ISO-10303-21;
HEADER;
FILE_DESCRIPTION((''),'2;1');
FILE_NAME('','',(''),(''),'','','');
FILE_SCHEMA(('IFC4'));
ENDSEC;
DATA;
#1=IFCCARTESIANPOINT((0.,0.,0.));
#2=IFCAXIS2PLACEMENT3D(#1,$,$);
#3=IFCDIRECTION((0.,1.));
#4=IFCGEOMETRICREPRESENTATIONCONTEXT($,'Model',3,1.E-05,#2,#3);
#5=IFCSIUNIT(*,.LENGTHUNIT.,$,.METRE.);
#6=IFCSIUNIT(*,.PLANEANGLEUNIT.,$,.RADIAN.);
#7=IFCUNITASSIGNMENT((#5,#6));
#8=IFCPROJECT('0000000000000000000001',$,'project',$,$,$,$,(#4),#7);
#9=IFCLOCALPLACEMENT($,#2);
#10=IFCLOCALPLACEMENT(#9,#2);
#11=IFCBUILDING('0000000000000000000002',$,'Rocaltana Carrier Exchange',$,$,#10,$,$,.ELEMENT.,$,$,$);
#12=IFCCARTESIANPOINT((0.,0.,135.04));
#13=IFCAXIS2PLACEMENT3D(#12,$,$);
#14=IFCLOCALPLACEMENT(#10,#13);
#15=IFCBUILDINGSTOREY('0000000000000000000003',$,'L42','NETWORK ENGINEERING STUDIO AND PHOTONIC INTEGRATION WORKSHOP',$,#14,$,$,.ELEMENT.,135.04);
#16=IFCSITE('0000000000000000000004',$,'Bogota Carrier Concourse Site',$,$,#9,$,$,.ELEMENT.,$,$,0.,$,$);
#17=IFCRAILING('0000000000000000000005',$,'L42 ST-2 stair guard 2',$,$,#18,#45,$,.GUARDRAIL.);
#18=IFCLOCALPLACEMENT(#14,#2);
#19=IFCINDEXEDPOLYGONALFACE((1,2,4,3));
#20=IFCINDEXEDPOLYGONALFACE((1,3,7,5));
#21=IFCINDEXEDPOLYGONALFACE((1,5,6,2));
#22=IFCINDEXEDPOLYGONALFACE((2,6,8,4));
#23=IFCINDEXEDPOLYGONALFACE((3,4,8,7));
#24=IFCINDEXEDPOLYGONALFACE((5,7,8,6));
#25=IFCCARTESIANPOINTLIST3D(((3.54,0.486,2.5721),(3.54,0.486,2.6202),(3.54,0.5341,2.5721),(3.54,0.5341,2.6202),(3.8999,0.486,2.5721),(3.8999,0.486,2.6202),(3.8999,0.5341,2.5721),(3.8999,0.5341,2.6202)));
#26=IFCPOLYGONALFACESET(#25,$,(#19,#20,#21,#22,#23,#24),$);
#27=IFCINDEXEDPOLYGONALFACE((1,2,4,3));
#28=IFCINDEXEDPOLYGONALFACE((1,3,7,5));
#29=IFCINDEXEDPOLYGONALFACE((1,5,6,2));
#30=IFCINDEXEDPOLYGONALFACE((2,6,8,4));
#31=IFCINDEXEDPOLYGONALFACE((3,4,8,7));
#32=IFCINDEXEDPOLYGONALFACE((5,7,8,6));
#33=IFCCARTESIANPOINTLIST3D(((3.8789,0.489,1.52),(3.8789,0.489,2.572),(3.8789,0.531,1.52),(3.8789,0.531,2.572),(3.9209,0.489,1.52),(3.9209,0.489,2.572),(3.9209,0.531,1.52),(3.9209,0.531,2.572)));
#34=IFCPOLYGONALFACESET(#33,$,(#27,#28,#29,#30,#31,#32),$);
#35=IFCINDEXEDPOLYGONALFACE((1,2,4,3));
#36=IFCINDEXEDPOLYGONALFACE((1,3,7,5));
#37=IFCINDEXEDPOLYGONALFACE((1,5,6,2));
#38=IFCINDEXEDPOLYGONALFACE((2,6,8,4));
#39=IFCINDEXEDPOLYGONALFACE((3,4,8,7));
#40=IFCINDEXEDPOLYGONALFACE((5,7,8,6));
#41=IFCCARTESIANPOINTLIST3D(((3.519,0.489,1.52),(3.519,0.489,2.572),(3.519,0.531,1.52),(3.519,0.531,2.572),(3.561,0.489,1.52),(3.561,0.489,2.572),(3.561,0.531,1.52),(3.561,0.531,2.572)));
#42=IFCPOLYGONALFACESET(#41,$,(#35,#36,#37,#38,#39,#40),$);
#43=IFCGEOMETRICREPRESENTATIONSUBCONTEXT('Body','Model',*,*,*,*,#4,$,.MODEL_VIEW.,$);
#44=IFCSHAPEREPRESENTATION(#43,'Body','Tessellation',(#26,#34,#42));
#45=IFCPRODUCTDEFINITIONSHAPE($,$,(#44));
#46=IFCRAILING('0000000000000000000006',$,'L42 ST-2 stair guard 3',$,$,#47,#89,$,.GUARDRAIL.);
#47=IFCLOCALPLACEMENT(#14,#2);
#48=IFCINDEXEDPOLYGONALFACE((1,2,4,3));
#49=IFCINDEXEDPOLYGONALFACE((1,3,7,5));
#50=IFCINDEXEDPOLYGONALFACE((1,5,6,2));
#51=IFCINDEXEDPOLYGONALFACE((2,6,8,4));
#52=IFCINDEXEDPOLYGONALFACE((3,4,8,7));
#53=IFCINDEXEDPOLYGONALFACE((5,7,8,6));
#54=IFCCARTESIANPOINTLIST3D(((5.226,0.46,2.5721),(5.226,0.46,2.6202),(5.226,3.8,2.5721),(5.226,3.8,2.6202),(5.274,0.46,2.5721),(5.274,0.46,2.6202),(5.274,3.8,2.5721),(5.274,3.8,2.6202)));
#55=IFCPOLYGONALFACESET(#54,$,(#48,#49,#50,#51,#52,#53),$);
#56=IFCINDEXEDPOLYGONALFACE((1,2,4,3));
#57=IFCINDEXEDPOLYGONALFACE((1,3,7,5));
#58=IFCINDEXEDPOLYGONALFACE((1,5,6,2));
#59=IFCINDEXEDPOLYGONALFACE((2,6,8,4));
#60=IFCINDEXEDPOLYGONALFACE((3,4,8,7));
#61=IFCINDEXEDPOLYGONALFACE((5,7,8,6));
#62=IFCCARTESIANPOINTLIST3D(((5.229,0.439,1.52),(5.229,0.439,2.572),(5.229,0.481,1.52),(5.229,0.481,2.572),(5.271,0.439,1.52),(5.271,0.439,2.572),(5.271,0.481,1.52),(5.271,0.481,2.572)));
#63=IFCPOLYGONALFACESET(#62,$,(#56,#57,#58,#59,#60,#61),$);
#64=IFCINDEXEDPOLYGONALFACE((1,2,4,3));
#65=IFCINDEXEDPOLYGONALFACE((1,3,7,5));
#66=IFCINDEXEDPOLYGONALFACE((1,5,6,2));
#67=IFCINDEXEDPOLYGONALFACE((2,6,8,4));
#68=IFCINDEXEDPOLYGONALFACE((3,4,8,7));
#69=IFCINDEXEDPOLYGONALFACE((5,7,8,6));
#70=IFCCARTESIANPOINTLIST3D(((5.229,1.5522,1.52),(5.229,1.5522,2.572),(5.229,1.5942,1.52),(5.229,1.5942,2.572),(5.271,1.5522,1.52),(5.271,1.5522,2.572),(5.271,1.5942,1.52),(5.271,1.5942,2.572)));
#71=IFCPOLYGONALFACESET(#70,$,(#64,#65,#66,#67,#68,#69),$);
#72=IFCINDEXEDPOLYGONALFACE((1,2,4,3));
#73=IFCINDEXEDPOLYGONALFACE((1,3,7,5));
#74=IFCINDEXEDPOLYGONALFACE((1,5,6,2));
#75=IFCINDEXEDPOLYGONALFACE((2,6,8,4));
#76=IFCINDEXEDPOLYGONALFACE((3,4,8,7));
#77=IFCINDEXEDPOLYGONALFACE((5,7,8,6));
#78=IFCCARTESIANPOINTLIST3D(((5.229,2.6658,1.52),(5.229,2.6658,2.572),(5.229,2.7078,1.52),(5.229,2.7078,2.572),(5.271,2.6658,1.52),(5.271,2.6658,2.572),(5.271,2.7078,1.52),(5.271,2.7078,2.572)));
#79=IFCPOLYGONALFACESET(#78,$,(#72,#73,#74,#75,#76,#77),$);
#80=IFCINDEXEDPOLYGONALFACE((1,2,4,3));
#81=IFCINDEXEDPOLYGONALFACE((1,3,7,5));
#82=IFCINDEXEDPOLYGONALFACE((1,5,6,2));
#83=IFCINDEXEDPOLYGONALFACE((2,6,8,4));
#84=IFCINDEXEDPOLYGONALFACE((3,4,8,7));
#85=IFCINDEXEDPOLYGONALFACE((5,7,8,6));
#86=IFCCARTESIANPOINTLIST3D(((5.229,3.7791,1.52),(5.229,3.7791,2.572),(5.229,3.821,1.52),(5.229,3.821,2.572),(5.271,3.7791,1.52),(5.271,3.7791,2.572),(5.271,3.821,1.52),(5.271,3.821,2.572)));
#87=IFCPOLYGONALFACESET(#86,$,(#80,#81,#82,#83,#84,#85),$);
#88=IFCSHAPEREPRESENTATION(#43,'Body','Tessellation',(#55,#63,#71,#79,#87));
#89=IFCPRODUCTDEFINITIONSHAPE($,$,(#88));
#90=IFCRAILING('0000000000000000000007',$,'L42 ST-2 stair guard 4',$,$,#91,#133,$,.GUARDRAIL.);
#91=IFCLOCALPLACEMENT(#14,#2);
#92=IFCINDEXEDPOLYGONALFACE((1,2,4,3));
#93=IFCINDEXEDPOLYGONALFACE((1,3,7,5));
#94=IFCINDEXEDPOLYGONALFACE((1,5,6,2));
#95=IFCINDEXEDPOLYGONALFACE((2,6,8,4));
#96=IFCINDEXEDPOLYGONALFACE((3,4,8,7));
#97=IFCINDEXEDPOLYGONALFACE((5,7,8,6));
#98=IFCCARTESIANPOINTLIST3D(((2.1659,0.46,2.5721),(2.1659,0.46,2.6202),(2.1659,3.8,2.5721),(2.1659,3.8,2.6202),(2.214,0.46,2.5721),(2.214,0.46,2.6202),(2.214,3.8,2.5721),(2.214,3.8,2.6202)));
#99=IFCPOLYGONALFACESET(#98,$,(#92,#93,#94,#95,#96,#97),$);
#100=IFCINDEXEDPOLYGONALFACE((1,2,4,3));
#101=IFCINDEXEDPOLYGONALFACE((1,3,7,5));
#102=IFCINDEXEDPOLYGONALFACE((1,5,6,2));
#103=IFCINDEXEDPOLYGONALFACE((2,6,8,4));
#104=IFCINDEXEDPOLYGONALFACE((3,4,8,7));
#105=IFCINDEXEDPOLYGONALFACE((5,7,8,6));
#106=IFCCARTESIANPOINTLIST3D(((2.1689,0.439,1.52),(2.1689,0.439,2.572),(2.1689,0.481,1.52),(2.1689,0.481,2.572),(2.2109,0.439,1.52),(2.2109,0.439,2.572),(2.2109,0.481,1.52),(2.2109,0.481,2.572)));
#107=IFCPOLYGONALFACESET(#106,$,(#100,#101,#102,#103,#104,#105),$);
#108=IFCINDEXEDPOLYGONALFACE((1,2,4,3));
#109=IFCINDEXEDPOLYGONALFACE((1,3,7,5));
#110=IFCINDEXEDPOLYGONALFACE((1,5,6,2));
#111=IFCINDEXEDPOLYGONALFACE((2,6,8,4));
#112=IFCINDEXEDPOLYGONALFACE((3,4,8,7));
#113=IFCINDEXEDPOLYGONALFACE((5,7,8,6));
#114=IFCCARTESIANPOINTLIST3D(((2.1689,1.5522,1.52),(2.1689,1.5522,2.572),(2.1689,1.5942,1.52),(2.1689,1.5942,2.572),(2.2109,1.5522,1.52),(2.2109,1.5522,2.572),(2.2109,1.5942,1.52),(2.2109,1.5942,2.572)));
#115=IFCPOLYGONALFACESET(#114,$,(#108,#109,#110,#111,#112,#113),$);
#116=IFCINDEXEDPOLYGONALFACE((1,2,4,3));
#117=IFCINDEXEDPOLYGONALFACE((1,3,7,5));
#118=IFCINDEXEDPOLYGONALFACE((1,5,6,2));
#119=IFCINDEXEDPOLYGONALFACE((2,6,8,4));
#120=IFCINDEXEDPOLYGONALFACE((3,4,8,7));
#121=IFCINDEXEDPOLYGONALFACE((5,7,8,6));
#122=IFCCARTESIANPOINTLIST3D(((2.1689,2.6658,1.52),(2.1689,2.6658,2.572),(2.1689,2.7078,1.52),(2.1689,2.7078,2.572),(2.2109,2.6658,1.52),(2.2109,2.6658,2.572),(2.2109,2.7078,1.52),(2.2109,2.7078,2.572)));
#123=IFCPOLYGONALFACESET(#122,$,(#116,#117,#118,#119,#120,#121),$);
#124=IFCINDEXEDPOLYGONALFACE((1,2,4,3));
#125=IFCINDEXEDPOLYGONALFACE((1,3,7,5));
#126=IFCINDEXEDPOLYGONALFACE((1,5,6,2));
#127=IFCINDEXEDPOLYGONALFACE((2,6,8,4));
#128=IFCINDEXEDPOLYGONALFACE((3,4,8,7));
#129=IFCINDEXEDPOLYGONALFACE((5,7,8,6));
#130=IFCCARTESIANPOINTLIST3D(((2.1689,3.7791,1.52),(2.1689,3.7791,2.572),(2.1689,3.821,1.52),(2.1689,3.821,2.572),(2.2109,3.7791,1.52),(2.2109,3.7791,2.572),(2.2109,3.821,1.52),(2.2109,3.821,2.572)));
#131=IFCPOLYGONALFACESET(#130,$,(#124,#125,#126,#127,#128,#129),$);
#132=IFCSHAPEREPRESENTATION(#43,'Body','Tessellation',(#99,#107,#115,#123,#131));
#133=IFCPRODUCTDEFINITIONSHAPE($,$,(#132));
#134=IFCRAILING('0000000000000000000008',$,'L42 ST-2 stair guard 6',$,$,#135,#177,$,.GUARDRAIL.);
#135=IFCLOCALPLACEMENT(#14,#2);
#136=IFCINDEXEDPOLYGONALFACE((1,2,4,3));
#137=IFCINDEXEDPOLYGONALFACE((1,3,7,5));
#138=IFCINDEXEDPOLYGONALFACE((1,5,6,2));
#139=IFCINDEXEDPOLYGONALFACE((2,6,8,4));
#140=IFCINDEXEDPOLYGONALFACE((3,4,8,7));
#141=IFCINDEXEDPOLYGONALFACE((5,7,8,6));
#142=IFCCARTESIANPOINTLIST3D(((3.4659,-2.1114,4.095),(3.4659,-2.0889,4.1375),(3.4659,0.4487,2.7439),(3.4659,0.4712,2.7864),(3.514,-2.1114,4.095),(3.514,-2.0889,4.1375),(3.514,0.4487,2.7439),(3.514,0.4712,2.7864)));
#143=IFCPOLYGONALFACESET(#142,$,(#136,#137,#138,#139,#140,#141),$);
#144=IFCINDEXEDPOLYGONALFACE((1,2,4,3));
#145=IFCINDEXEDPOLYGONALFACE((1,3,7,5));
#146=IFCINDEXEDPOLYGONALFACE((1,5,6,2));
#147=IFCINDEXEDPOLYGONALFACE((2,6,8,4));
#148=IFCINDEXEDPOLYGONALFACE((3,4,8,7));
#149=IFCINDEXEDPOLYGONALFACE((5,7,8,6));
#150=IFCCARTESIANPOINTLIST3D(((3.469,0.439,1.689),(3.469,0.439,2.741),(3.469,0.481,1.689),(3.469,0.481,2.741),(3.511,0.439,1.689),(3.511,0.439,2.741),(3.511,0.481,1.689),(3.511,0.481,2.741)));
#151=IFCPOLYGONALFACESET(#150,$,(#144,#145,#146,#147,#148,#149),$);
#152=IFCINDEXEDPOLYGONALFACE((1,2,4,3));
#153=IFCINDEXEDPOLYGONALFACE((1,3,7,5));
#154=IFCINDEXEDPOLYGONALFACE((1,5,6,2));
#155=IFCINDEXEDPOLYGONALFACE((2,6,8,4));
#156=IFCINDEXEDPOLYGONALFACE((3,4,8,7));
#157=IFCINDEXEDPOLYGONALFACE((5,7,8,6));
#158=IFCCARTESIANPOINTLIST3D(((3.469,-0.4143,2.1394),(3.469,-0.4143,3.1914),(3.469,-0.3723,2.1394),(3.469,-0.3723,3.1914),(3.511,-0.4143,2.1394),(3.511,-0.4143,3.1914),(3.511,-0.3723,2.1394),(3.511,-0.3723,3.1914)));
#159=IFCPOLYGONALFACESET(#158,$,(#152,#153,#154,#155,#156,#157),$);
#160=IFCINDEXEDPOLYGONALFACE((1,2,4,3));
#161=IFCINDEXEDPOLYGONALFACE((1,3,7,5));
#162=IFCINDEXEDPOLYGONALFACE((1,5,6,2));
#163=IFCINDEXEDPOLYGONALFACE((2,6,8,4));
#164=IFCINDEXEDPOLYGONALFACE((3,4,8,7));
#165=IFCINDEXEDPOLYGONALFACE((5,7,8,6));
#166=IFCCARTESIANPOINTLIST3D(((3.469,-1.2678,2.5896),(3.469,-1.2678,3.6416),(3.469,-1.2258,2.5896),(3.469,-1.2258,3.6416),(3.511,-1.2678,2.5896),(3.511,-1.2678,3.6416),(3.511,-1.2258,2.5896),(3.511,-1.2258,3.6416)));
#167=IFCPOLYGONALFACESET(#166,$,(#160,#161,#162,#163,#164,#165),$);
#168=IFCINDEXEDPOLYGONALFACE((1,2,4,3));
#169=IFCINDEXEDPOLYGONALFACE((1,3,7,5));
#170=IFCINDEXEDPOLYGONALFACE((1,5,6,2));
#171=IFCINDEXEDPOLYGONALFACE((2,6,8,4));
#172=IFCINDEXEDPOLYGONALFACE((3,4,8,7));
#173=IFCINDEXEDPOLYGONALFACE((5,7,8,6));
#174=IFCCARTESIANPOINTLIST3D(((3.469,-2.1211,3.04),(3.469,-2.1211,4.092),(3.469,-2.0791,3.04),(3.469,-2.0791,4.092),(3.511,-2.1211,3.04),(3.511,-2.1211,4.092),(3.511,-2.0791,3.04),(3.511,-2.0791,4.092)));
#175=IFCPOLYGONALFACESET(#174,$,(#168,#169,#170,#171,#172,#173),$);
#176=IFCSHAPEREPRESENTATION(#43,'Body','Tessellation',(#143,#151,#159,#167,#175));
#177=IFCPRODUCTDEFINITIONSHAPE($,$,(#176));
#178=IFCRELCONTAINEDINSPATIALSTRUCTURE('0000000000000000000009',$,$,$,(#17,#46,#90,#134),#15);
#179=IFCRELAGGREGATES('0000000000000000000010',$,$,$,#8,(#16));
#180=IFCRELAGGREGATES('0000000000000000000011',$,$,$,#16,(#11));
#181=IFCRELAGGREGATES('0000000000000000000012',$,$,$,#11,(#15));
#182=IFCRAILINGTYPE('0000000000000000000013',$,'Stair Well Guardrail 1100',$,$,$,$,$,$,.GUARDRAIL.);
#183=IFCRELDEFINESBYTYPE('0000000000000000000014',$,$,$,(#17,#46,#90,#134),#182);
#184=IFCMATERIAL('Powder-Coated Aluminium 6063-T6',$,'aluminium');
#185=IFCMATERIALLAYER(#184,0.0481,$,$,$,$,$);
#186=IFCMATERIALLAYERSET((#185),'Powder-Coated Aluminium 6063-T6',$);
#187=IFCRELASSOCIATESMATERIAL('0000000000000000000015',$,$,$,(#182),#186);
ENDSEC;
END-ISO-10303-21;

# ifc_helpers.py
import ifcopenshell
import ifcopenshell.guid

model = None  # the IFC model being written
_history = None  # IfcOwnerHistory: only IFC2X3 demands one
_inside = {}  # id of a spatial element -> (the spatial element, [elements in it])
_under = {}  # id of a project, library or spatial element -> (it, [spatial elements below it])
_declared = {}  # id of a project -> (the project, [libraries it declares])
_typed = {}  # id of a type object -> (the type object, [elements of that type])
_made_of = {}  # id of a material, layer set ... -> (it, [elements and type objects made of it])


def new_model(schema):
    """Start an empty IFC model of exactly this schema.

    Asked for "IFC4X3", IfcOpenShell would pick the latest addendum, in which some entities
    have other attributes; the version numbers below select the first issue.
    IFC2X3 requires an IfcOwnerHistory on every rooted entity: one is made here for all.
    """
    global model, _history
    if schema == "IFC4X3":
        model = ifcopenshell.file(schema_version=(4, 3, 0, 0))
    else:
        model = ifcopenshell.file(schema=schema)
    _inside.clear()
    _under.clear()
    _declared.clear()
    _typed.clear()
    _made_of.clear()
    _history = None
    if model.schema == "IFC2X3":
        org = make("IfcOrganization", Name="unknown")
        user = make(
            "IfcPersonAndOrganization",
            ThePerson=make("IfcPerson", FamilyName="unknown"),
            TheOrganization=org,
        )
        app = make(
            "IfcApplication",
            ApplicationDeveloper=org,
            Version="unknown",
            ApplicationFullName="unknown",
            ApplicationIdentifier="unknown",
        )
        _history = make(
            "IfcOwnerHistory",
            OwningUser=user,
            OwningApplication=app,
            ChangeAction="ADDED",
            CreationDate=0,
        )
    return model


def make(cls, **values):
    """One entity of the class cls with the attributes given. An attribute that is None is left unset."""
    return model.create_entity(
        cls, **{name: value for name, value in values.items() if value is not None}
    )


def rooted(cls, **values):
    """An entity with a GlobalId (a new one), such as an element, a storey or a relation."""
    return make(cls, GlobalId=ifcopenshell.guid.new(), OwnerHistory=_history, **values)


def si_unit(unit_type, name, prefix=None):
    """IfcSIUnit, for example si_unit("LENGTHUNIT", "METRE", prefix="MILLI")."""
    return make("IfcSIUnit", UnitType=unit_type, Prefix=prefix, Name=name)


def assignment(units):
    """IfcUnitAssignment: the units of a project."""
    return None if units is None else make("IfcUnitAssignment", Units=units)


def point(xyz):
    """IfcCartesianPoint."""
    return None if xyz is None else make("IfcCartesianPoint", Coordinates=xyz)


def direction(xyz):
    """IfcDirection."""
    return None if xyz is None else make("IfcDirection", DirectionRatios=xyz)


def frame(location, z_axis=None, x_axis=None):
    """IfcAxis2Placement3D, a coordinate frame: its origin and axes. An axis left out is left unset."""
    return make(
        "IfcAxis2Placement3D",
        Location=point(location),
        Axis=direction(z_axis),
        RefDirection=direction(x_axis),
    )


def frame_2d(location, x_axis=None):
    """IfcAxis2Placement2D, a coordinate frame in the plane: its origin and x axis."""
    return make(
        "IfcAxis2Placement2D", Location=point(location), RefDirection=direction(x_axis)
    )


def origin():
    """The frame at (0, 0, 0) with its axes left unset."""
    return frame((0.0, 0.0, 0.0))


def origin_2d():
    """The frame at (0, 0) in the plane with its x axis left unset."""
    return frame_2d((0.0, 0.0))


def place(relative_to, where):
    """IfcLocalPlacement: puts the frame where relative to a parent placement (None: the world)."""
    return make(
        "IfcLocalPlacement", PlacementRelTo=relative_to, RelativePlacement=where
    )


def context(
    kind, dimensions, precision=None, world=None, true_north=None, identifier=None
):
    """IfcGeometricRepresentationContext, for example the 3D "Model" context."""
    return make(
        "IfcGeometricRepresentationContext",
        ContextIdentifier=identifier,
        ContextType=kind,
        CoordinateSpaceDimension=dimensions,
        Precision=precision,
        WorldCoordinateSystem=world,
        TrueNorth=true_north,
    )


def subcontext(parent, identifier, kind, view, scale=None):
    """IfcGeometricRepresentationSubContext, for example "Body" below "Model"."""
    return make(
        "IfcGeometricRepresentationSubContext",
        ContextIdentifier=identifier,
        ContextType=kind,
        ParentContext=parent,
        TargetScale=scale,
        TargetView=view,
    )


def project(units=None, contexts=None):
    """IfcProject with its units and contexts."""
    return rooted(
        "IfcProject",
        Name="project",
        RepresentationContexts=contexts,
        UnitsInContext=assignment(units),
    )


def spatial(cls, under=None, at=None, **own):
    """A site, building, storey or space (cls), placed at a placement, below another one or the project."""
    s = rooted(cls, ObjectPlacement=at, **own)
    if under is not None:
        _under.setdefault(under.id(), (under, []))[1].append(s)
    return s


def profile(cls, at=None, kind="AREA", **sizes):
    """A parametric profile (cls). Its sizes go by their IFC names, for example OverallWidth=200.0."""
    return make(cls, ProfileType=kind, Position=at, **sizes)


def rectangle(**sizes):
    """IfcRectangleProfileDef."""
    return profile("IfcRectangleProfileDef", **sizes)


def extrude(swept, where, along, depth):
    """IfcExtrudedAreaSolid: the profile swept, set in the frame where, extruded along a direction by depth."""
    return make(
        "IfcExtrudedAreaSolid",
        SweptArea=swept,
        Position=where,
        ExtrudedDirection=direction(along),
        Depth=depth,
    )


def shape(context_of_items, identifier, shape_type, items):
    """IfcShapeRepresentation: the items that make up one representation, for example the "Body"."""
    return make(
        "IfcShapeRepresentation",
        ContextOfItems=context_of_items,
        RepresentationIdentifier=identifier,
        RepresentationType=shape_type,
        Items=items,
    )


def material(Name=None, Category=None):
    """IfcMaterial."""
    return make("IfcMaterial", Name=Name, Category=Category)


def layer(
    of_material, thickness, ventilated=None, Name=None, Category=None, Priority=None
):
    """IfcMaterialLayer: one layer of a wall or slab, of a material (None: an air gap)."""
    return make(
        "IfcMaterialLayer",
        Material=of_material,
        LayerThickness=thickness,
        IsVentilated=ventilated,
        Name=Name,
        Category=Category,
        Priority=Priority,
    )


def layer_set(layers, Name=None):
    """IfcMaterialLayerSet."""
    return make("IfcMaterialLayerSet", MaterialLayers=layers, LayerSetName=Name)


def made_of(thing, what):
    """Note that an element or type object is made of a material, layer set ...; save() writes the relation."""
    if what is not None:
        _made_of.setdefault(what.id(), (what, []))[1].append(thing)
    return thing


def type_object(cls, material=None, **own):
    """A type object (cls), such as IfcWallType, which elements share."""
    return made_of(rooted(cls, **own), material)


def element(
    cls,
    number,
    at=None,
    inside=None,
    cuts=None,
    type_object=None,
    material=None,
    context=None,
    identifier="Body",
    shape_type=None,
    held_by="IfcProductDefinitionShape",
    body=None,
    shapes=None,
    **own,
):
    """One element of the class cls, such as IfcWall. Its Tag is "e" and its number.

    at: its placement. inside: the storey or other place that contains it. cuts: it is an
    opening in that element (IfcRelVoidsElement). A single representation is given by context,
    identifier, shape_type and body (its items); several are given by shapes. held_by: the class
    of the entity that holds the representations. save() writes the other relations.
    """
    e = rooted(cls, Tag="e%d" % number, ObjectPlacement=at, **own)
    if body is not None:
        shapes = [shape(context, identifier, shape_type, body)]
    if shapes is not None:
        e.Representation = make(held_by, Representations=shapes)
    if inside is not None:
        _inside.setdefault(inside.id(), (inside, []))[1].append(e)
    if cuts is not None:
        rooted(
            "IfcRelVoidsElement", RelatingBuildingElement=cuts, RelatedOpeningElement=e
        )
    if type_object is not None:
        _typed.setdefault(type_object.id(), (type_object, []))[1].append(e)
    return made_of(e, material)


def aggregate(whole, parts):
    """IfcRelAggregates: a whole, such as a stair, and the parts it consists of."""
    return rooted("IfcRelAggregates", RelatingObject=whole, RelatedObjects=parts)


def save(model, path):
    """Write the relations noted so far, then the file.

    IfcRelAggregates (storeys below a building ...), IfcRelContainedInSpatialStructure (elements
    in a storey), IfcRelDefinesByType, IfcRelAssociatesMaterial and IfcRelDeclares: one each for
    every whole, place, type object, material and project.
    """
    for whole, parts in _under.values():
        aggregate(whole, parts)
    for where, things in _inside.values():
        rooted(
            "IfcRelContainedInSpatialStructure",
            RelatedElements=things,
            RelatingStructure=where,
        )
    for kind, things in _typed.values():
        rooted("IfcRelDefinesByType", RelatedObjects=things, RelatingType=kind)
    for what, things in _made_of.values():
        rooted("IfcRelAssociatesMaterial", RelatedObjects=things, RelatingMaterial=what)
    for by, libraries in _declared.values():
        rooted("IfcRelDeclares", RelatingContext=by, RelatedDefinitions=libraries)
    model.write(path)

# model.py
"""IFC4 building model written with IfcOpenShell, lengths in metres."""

from ifc_helpers import new_model, si_unit, direction, frame, origin, origin_2d, place, context, subcontext, project, spatial, rectangle, extrude, material, layer, layer_set, type_object, element, save


model = new_model("IFC4")

# Units and contexts
model_context = context("Model", 3, precision=1e-05, world=origin(), true_north=direction((0.0, 1.0)))
body_context = subcontext(model_context, "Body", "Model", "MODEL_VIEW")
ifc_project = project(units=[si_unit("LENGTHUNIT", "METRE"), si_unit("PLANEANGLEUNIT", "RADIAN")], contexts=[model_context])

# Site, building, storey
site_placement = place(None, origin())
site = spatial("IfcSite", under=ifc_project, at=site_placement, Name="Bogota Carrier Concourse Site", CompositionType="ELEMENT", RefElevation=0.0)
building_placement = place(site_placement, origin())
building = spatial("IfcBuilding", under=site, at=building_placement, Name="Rocaltana Carrier Exchange", CompositionType="ELEMENT")
storey_placement = place(building_placement, frame((0.0, 0.0, 135.04)))
storey = spatial("IfcBuildingStorey", under=building, at=storey_placement, Name="L42", Description="NETWORK ENGINEERING STUDIO AND PHOTONIC INTEGRATION WORKSHOP", CompositionType="ELEMENT", Elevation=135.04)

# Railings
ifc_material_1 = material(Name="Powder-Coated Aluminium 6063-T6", Category="aluminium")
ifc_layer_1 = layer(ifc_material_1, 0.0481)
ifc_layer_set_1 = layer_set([ifc_layer_1], Name="Powder-Coated Aluminium 6063-T6")
railing_type_1 = type_object("IfcRailingType", Name="Stair Well Guardrail 1100", PredefinedType="GUARDRAIL", material=ifc_layer_set_1)
railing_1_placement = place(storey_placement, frame((3.8999, 0.51, 1.52)))
element("IfcRailing", 1, at=railing_1_placement, inside=storey, type_object=railing_type_1, Name="L42 ST-2 stair guard 2", PredefinedType="GUARDRAIL", context=body_context, shape_type="SweptSolid", body=[
    extrude(rectangle(XDim=0.0481, YDim=0.0481, at=origin_2d()), frame((0.0, 0.0, 1.0762), z_axis=(-1.0, 0.0, 0.0), x_axis=(0.0, -1.0, 0.0)), (0.0, 0.0, 1.0), 0.3599),
    extrude(rectangle(XDim=0.042, YDim=0.042, at=origin_2d()), origin(), (0.0, 0.0, 1.0), 1.052),
    extrude(rectangle(XDim=0.042, YDim=0.042, at=origin_2d()), frame((-0.3599, 0.0, 0.0)), (0.0, 0.0, 1.0), 1.052),
])
for number, where, name in (
    (2, (5.25, 0.46, 1.52), "L42 ST-2 stair guard 3"),
    (3, (2.1899, 0.46, 1.52), "L42 ST-2 stair guard 4"),
):
    element("IfcRailing", number, at=place(storey_placement, frame(where)), inside=storey, type_object=railing_type_1, Name=name, PredefinedType="GUARDRAIL", context=body_context, shape_type="SweptSolid", body=[
        extrude(rectangle(XDim=0.0481, YDim=0.0481, at=origin_2d()), frame((0.0, 0.0, 1.0762), z_axis=(0.0, 1.0, 0.0), x_axis=(-1.0, 0.0, 0.0)), (0.0, 0.0, 1.0), 3.3401),
        extrude(rectangle(XDim=0.042, YDim=0.042, at=origin_2d()), origin(), (0.0, 0.0, 1.0), 1.052),
        extrude(rectangle(XDim=0.042, YDim=0.042, at=origin_2d()), frame((0.0, 1.1133, 0.0)), (0.0, 0.0, 1.0), 1.052),
        extrude(rectangle(XDim=0.042, YDim=0.042, at=origin_2d()), frame((0.0, 2.2268, 0.0)), (0.0, 0.0, 1.0), 1.052),
        extrude(rectangle(XDim=0.042, YDim=0.042, at=origin_2d()), frame((0.0, 3.3401, 0.0)), (0.0, 0.0, 1.0), 1.052),
    ])
railing_2_placement = place(storey_placement, frame((3.49, 0.46, 1.689)))
element("IfcRailing", 4, at=railing_2_placement, inside=storey, type_object=railing_type_1, Name="L42 ST-2 stair guard 6", PredefinedType="GUARDRAIL", context=body_context, shape_type="SweptSolid", body=[
    extrude(rectangle(XDim=0.0481, YDim=0.0481, at=origin_2d()), frame((0.0, 0.0, 1.0762), z_axis=(0.0, -0.884394, 0.46674), x_axis=(1.0, 0.0, 0.0)), (0.0, 0.0, 1.0), 2.8948),
    extrude(rectangle(XDim=0.042, YDim=0.042, at=origin_2d()), origin(), (0.0, 0.0, 1.0), 1.052),
    extrude(rectangle(XDim=0.042, YDim=0.042, at=origin_2d()), frame((0.0, -0.8533, 0.4504)), (0.0, 0.0, 1.0), 1.052),
    extrude(rectangle(XDim=0.042, YDim=0.042, at=origin_2d()), frame((0.0, -1.7068, 0.9006)), (0.0, 0.0, 1.0), 1.052),
    extrude(rectangle(XDim=0.042, YDim=0.042, at=origin_2d()), frame((0.0, -2.5601, 1.3511)), (0.0, 0.0, 1.0), 1.052),
])

save(model, "model.ifc")
